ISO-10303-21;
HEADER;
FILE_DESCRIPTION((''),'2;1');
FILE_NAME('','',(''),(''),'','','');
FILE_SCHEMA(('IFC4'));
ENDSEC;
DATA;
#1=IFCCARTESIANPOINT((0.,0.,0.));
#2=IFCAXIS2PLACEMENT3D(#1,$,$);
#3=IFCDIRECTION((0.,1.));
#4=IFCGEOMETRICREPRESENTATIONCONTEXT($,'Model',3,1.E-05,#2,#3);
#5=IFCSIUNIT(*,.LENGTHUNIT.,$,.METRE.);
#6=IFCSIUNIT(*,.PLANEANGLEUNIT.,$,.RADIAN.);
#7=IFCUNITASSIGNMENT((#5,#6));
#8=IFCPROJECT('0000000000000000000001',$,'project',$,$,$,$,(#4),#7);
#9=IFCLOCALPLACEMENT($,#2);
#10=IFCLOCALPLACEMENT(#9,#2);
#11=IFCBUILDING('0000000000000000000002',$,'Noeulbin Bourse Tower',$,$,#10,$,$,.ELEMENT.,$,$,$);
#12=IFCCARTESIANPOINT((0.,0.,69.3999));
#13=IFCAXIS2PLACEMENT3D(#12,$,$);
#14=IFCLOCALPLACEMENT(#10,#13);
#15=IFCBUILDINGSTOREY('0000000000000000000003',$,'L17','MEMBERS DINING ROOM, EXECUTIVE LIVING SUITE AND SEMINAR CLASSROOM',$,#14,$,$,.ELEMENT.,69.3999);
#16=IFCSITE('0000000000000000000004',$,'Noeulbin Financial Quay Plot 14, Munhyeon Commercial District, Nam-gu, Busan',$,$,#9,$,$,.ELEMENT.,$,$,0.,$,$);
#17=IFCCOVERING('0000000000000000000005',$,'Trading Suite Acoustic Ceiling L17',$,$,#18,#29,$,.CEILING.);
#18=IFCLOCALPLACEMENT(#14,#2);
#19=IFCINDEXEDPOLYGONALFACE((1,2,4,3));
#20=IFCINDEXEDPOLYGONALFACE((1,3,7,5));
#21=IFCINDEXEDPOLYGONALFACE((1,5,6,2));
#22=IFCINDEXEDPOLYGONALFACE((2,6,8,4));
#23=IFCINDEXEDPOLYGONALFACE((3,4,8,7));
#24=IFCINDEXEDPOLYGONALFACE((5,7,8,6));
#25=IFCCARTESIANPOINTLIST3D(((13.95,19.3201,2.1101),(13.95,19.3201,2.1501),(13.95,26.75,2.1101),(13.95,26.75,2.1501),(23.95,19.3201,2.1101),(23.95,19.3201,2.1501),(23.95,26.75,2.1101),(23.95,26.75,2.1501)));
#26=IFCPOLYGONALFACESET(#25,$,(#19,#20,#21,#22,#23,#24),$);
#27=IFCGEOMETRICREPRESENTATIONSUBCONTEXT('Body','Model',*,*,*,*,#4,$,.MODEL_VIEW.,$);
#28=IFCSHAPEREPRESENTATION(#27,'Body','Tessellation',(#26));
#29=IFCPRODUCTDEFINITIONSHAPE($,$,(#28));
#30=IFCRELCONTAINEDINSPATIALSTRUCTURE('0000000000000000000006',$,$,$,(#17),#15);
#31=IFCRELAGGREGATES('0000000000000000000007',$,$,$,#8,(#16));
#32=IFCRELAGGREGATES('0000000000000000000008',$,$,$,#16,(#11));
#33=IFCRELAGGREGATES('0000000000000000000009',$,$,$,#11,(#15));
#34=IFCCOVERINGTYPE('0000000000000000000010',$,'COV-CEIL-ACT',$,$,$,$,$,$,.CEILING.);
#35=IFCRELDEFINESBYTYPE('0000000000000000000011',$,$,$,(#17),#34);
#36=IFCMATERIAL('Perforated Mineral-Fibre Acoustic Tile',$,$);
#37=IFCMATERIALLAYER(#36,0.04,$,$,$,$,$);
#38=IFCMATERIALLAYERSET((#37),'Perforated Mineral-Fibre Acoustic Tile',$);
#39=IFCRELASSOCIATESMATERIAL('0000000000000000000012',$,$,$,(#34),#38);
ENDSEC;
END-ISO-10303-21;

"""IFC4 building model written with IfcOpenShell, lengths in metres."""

from ifc_helpers import new_model, si_unit, direction, frame, origin, place, context, subcontext, project, spatial, polyline, outline, extrude, material, layer, layer_set, type_object, element, save


model = new_model("IFC4")

# Units and contexts
model_context = context("Model", 3, precision=1e-05, world=origin(), true_north=direction((0.0, 1.0)))
body_context = subcontext(model_context, "Body", "Model", "MODEL_VIEW")
ifc_project = project(units=[si_unit("LENGTHUNIT", "METRE"), si_unit("PLANEANGLEUNIT", "RADIAN")], contexts=[model_context])

# Site, building, storey
site_placement = place(None, origin())
site = spatial("IfcSite", under=ifc_project, at=site_placement, Name="Noeulbin Financial Quay Plot 14, Munhyeon Commercial District, Nam-gu, Busan", CompositionType="ELEMENT", RefElevation=0.0)
building_placement = place(site_placement, origin())
building = spatial("IfcBuilding", under=site, at=building_placement, Name="Noeulbin Bourse Tower", CompositionType="ELEMENT")
storey_placement = place(building_placement, frame((0.0, 0.0, 69.3999)))
storey = spatial("IfcBuildingStorey", under=building, at=storey_placement, Name="L17", Description="MEMBERS DINING ROOM, EXECUTIVE LIVING SUITE AND SEMINAR CLASSROOM", CompositionType="ELEMENT", Elevation=69.3999)

# Covering
ifc_material_1 = material(Name="Perforated Mineral-Fibre Acoustic Tile")
ifc_layer_1 = layer(ifc_material_1, 0.04)
ifc_layer_set_1 = layer_set([ifc_layer_1], Name="Perforated Mineral-Fibre Acoustic Tile")
covering_type = type_object("IfcCoveringType", Name="COV-CEIL-ACT", PredefinedType="CEILING", material=ifc_layer_set_1)
covering_1_placement = place(storey_placement, frame((0.0, 0.0, 2.1101)))
element("IfcCovering", 1, at=covering_1_placement, inside=storey, type_object=covering_type, Name="Trading Suite Acoustic Ceiling L17", PredefinedType="CEILING", context=body_context, shape_type="SweptSolid", body=[
    extrude(outline(polyline([(13.95, 19.3201), (23.95, 19.3201), (23.95, 26.75), (13.95, 26.75), (13.95, 19.3201)])), origin(), (0.0, 0.0, 1.0), 0.04),
])

save(model, "model.ifc")
